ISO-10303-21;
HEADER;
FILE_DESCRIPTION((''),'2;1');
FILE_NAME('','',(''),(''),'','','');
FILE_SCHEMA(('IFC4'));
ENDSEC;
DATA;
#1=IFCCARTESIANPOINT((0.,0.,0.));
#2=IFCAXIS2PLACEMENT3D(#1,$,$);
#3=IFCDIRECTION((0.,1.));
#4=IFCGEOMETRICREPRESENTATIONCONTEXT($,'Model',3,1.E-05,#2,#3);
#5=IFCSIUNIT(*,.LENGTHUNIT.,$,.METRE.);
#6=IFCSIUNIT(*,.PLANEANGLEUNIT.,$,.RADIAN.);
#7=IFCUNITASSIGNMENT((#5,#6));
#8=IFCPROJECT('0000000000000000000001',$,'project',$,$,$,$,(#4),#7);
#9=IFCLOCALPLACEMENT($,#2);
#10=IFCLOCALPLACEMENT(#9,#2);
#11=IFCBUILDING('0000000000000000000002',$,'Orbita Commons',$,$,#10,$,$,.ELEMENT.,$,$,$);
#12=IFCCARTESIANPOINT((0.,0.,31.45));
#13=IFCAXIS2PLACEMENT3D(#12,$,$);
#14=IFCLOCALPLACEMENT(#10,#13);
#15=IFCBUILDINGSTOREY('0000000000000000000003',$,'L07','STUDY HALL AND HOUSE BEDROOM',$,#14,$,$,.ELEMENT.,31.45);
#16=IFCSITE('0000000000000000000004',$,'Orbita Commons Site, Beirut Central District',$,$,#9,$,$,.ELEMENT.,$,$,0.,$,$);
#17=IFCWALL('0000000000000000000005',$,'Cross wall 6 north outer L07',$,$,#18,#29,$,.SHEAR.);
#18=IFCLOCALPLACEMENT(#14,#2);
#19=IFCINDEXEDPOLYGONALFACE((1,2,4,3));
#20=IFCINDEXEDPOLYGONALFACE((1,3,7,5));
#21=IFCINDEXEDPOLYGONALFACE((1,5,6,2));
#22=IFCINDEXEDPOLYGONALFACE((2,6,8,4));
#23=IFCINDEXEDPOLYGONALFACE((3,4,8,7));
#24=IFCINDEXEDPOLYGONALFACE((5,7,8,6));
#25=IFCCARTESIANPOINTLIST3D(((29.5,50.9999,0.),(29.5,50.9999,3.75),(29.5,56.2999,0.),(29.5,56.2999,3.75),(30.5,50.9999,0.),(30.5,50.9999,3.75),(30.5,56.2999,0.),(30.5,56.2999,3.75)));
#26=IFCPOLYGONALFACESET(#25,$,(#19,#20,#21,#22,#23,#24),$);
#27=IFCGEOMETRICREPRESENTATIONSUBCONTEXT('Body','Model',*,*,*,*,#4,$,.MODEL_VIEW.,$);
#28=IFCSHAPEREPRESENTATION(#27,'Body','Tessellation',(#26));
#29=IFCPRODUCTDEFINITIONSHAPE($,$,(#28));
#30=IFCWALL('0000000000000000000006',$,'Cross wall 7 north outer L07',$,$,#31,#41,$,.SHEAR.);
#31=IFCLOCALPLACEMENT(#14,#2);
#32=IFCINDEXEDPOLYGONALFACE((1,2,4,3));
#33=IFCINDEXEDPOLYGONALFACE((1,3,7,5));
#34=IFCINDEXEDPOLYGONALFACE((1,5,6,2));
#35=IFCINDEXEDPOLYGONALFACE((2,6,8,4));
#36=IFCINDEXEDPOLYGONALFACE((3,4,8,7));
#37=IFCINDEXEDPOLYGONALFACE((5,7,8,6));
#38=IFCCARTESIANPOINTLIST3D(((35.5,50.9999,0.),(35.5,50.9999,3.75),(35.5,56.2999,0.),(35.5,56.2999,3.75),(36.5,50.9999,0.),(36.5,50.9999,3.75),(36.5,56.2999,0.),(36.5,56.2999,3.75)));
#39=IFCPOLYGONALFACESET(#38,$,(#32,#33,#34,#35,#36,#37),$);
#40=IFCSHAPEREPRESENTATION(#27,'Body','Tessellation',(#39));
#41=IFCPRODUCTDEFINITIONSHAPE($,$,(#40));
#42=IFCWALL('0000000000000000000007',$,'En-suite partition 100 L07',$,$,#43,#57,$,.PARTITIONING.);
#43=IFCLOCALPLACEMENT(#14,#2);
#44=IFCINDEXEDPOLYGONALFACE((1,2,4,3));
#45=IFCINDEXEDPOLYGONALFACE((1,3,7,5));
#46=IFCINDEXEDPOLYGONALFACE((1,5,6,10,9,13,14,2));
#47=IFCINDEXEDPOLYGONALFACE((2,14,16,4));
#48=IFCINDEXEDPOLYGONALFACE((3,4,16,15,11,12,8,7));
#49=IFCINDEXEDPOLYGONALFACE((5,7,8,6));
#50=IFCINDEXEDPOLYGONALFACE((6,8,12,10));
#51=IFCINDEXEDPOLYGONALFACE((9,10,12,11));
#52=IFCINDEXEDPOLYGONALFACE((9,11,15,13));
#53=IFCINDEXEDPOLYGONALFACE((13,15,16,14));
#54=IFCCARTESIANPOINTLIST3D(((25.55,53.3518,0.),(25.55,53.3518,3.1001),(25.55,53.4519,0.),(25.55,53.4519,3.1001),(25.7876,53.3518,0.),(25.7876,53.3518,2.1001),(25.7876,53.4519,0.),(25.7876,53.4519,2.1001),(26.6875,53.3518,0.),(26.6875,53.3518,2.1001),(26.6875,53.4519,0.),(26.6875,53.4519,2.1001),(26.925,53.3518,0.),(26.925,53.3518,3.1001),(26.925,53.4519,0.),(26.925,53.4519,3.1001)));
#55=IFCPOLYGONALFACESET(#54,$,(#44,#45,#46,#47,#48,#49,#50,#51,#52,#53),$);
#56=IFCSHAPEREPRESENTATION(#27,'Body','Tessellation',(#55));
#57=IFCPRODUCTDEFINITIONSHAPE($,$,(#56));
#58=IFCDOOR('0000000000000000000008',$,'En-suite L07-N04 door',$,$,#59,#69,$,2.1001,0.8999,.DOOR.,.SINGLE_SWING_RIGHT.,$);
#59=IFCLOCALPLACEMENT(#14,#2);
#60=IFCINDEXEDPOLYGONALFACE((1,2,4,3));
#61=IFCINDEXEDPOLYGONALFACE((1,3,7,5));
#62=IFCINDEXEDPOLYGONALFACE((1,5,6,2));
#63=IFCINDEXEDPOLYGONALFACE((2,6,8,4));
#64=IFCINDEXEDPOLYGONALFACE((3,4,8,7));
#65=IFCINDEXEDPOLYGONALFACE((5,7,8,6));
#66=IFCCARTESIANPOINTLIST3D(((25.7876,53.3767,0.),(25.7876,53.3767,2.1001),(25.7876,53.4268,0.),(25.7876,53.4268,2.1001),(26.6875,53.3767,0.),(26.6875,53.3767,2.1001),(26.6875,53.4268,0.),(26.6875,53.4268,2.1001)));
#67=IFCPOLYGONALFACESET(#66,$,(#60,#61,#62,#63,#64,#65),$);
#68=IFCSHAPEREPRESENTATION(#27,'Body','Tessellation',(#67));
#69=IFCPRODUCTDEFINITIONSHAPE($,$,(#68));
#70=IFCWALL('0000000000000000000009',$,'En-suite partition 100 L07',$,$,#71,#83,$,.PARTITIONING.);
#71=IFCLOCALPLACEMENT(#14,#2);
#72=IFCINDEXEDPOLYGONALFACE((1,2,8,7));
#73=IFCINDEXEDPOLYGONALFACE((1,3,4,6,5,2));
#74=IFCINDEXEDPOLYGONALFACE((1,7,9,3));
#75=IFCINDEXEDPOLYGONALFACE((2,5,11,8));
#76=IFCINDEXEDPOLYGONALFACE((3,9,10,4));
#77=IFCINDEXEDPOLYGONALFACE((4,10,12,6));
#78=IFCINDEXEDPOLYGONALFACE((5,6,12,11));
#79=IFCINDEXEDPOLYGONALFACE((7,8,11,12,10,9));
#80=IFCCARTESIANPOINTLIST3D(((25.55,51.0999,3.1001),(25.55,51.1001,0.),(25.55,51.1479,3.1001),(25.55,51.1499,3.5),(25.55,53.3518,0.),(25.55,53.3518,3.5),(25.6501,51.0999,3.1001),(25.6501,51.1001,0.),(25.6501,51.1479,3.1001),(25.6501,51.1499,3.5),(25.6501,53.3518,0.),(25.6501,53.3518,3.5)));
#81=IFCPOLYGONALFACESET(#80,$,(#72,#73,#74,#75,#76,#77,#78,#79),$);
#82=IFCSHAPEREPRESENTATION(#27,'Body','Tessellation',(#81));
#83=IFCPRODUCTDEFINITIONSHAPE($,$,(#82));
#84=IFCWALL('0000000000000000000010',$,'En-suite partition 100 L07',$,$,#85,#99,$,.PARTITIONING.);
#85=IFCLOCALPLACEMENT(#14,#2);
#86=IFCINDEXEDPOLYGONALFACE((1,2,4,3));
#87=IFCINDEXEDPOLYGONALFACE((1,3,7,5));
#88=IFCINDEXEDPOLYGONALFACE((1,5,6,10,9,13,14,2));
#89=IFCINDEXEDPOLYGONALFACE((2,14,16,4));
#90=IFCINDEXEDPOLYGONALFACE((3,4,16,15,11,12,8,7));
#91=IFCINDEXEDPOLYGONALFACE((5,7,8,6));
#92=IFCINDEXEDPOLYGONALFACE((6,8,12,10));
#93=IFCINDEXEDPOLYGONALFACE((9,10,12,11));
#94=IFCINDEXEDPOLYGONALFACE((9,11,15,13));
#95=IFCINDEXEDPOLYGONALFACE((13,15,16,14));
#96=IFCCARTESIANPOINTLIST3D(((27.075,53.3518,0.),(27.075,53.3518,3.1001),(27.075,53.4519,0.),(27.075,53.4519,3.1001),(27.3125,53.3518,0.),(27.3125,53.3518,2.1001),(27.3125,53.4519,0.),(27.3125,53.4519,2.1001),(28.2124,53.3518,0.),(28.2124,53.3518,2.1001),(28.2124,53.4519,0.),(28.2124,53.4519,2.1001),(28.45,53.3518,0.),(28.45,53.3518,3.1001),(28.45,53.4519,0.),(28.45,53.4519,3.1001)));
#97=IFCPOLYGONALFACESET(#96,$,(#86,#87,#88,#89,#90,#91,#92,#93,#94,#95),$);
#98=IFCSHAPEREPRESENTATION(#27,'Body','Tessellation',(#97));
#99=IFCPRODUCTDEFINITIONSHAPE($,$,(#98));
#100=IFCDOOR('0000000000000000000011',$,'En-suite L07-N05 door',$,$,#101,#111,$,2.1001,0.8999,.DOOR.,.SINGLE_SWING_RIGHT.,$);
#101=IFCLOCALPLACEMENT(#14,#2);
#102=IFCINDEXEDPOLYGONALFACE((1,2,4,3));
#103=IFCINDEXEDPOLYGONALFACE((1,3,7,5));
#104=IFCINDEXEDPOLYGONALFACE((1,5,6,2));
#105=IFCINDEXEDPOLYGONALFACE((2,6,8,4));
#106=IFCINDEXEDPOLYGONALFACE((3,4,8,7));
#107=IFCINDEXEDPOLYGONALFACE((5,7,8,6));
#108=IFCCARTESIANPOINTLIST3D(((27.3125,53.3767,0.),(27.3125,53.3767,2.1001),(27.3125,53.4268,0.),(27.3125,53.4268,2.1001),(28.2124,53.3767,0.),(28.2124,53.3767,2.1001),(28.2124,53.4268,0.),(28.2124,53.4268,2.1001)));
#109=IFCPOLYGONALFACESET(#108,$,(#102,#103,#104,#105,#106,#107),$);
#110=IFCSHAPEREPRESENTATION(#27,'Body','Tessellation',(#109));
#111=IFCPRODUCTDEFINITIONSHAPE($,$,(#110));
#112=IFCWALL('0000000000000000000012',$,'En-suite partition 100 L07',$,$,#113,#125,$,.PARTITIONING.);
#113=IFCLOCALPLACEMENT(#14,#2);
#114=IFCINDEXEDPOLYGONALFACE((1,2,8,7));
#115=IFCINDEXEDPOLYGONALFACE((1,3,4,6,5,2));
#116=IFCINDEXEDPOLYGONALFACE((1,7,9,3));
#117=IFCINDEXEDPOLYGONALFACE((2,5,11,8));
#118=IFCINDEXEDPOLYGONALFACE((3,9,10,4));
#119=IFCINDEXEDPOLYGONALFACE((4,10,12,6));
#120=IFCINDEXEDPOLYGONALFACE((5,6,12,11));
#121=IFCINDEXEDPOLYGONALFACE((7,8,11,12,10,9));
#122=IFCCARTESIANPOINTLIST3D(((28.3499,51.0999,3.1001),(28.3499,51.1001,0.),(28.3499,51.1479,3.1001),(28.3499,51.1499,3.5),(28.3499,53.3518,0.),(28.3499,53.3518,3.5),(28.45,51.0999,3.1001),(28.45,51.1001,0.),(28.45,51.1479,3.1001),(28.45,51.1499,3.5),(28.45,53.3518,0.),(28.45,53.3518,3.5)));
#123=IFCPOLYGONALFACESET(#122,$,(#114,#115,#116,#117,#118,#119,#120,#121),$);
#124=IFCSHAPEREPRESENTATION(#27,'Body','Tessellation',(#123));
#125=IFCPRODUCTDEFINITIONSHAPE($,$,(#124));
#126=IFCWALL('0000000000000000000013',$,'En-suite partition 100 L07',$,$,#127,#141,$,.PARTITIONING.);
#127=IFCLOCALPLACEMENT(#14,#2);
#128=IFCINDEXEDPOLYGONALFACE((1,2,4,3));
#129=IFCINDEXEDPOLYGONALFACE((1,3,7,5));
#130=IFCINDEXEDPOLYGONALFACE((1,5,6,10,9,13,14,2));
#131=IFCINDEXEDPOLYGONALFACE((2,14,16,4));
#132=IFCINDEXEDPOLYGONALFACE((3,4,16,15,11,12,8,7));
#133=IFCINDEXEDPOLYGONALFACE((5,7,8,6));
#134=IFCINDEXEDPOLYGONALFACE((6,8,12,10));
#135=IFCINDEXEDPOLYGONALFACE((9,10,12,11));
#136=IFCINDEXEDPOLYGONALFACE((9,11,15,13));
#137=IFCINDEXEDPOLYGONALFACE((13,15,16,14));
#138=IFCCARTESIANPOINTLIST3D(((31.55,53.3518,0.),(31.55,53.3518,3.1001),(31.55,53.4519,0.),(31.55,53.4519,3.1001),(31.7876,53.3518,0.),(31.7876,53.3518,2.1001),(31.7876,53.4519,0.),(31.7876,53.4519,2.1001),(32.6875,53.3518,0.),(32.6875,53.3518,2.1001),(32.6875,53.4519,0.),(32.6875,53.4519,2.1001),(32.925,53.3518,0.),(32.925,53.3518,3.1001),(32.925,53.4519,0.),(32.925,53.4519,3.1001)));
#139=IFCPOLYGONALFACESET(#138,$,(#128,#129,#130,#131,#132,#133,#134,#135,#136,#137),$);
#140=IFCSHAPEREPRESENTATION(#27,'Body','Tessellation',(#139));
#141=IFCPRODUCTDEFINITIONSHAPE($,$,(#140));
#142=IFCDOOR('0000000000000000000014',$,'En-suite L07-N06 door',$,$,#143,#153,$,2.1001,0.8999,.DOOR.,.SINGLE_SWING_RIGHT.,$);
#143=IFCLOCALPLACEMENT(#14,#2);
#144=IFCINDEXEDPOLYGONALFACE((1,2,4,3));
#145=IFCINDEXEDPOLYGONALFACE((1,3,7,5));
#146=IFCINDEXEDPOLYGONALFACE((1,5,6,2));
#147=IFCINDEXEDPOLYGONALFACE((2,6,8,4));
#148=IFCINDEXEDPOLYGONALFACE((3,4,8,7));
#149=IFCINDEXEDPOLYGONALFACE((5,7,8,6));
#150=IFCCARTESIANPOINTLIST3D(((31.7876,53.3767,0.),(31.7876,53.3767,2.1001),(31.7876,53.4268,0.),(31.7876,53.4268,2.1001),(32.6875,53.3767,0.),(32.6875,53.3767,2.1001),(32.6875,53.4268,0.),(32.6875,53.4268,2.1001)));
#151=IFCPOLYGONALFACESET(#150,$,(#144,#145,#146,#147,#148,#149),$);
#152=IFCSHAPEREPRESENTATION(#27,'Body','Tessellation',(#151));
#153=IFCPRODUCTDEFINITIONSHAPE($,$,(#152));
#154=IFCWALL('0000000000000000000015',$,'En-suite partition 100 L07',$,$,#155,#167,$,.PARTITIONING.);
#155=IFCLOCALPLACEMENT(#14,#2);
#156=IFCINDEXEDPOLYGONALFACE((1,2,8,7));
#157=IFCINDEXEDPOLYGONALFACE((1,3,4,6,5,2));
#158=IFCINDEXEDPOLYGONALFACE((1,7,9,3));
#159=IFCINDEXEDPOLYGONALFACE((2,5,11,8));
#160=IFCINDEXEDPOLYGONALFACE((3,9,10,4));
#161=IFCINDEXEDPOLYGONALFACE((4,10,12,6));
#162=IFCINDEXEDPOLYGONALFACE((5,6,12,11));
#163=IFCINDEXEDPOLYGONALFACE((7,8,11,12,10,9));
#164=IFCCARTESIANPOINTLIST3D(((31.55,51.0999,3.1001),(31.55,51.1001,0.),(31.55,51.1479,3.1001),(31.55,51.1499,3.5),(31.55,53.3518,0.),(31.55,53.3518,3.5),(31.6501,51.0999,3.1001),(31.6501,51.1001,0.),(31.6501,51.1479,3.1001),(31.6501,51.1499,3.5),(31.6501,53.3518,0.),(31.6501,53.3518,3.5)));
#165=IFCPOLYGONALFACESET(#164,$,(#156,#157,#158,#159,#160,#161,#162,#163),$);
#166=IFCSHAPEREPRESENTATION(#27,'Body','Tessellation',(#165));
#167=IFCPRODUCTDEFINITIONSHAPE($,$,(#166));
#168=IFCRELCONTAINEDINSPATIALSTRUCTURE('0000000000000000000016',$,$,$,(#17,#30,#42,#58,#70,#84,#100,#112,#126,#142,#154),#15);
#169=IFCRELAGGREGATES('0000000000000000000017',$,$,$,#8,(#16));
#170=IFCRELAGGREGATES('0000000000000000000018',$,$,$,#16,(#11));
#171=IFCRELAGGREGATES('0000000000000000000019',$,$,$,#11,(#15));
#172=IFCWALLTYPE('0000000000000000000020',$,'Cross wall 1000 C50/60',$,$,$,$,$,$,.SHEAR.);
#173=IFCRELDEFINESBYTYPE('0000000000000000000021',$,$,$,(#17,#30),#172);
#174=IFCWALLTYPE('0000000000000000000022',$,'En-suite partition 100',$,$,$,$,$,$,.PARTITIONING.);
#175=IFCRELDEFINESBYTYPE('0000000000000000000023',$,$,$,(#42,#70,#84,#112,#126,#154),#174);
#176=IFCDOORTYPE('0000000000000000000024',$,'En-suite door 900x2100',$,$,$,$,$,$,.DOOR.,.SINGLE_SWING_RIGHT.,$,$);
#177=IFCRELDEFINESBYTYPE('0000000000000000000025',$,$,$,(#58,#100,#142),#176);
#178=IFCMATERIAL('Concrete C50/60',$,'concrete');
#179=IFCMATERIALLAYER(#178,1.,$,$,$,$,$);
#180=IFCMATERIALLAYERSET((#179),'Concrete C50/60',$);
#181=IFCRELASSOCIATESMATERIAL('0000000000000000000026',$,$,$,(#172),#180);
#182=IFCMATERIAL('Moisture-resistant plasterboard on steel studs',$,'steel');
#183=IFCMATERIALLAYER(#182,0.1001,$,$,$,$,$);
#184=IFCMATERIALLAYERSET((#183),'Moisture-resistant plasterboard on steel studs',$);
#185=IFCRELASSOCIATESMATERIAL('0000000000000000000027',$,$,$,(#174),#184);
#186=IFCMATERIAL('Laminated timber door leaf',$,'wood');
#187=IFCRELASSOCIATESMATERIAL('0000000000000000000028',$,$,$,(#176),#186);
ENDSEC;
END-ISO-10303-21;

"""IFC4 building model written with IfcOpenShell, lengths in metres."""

from ifc_helpers import new_model, si_unit, direction, frame, frame_2d, origin, place, context, subcontext, project, spatial, polyline, rectangle, outline, extrude, material, layer, layer_set, type_object, element, fill, save


model = new_model("IFC4")

# Units and contexts
model_context = context("Model", 3, precision=1e-05, world=origin(), true_north=direction((0.0, 1.0)))
body_context = subcontext(model_context, "Body", "Model", "MODEL_VIEW")
ifc_project = project(units=[si_unit("LENGTHUNIT", "METRE"), si_unit("PLANEANGLEUNIT", "RADIAN")], contexts=[model_context])

# Site, building, storey
site_placement = place(None, origin())
site = spatial("IfcSite", under=ifc_project, at=site_placement, Name="Orbita Commons Site, Beirut Central District", CompositionType="ELEMENT", RefElevation=0.0)
building_placement = place(site_placement, origin())
building = spatial("IfcBuilding", under=site, at=building_placement, Name="Orbita Commons", CompositionType="ELEMENT")
storey_placement = place(building_placement, frame((0.0, 0.0, 31.45)))
storey = spatial("IfcBuildingStorey", under=building, at=storey_placement, Name="L07", Description="STUDY HALL AND HOUSE BEDROOM", CompositionType="ELEMENT", Elevation=31.45)

# Walls
ifc_material_1 = material(Name="Concrete C50/60", Category="concrete")
ifc_layer_1 = layer(ifc_material_1, 1.0)
ifc_layer_set_1 = layer_set([ifc_layer_1], Name="Concrete C50/60")
wall_type_1 = type_object("IfcWallType", Name="Cross wall 1000 C50/60", PredefinedType="SHEAR", material=ifc_layer_set_1)
for number, where, z_axis, x_axis, name in (
    (1, (30.0, 51.0, 0.0), (0.0, 0.0, 1.0), (0.0, 1.0, 0.0), "Cross wall 6 north outer L07"),
    (2, (36.0, 51.0, 0.0), (0.0, 0.0, 1.0), (0.0, 1.0, 0.0), "Cross wall 7 north outer L07"),
):
    element("IfcWall", number, at=place(storey_placement, frame(where, z_axis=z_axis, x_axis=x_axis)), inside=storey, type_object=wall_type_1, Name=name, PredefinedType="SHEAR", context=body_context, shape_type="SweptSolid", body=[
        extrude(rectangle(XDim=5.3, YDim=1.0, at=frame_2d((2.6499, 0.0))), origin(), (0.0, 0.0, 1.0), 3.75),
    ])

# Wall, opening, door
ifc_material_2 = material(Name="Moisture-resistant plasterboard on steel studs", Category="steel")
ifc_layer_2 = layer(ifc_material_2, 0.1001)
ifc_layer_set_2 = layer_set([ifc_layer_2], Name="Moisture-resistant plasterboard on steel studs")
wall_type_2 = type_object("IfcWallType", Name="En-suite partition 100", PredefinedType="PARTITIONING", material=ifc_layer_set_2)
wall_1_placement = place(storey_placement, frame((25.55, 53.4019, 0.0), z_axis=(0.0, 0.0, 1.0), x_axis=(1.0, 0.0, 0.0)))
wall_1 = element("IfcWall", 3, at=wall_1_placement, inside=storey, type_object=wall_type_2, Name="En-suite partition 100 L07", PredefinedType="PARTITIONING", context=body_context, shape_type="SweptSolid", body=[
    extrude(outline(polyline([(0.0, 0.0), (1.375, 0.0), (1.375, 3.1001), (0.0, 3.1001), (0.0, 0.0)])), frame((0.0, 0.05, 0.0), z_axis=(0.0, -1.0, 0.0), x_axis=(1.0, 0.0, 0.0)), (0.0, 0.0, 1.0), 0.1001),
])
opening_1_placement = place(wall_1_placement, frame((0.2375, 0.0, 0.0)))
opening_1 = element("IfcOpeningElement", 4, at=opening_1_placement, cuts=wall_1, PredefinedType="OPENING", context=body_context, shape_type="SweptSolid", body=[
    extrude(rectangle(XDim=0.8999, YDim=2.1001, at=frame_2d((0.45, 1.05))), frame((0.0, 0.0601, 0.0), z_axis=(0.0, -1.0, 0.0), x_axis=(1.0, 0.0, 0.0)), (0.0, 0.0, 1.0), 0.1201),
])
ifc_material_3 = material(Name="Laminated timber door leaf", Category="wood")
door_type_1 = type_object("IfcDoorType", Name="En-suite door 900x2100", OperationType="SINGLE_SWING_RIGHT", PredefinedType="DOOR", material=ifc_material_3)
door_1_placement = place(opening_1_placement, origin())
door_1 = element("IfcDoor", 5, at=door_1_placement, inside=storey, type_object=door_type_1, Name="En-suite L07-N04 door", OperationType="SINGLE_SWING_RIGHT", OverallHeight=2.1001, OverallWidth=0.8999, PredefinedType="DOOR", context=body_context, shape_type="SweptSolid", body=[
    extrude(rectangle(XDim=0.8999, YDim=2.1001, at=frame_2d((0.45, 1.05))), frame((0.0, 0.0249, 0.0), z_axis=(0.0, -1.0, 0.0), x_axis=(1.0, 0.0, 0.0)), (0.0, 0.0, 1.0), 0.05),
])
fill(opening_1, door_1)

# Wall
wall_2_placement = place(storey_placement, frame((25.6001, 53.3518, 0.0), z_axis=(0.0, 0.0, 1.0), x_axis=(0.0, -1.0, 0.0)))
element("IfcWall", 6, at=wall_2_placement, inside=storey, type_object=wall_type_2, Name="En-suite partition 100 L07", PredefinedType="PARTITIONING", context=body_context, shape_type="SweptSolid", body=[
    extrude(outline(polyline([(0.0, 0.0), (2.2517, 0.0), (2.252, 3.1001), (2.2039, 3.1001), (2.2019, 3.5), (0.0, 3.5), (0.0, 0.0)])), frame((0.0, 0.05, 0.0), z_axis=(0.0, -1.0, 0.0), x_axis=(1.0, 0.0, 0.0)), (0.0, 0.0, 1.0), 0.1001),
])

# Wall, opening, door
wall_3_placement = place(storey_placement, frame((27.075, 53.4019, 0.0), z_axis=(0.0, 0.0, 1.0), x_axis=(1.0, 0.0, 0.0)))
wall_3 = element("IfcWall", 7, at=wall_3_placement, inside=storey, type_object=wall_type_2, Name="En-suite partition 100 L07", PredefinedType="PARTITIONING", context=body_context, shape_type="SweptSolid", body=[
    extrude(outline(polyline([(0.0, 0.0), (1.375, 0.0), (1.375, 3.1001), (0.0, 3.1001), (0.0, 0.0)])), frame((0.0, 0.05, 0.0), z_axis=(0.0, -1.0, 0.0), x_axis=(1.0, 0.0, 0.0)), (0.0, 0.0, 1.0), 0.1001),
])
opening_2_placement = place(wall_3_placement, frame((0.2375, 0.0, 0.0)))
opening_2 = element("IfcOpeningElement", 8, at=opening_2_placement, cuts=wall_3, PredefinedType="OPENING", context=body_context, shape_type="SweptSolid", body=[
    extrude(rectangle(XDim=0.8999, YDim=2.1001, at=frame_2d((0.45, 1.05))), frame((0.0, 0.0601, 0.0), z_axis=(0.0, -1.0, 0.0), x_axis=(1.0, 0.0, 0.0)), (0.0, 0.0, 1.0), 0.1201),
])
door_2_placement = place(opening_2_placement, origin())
door_2 = element("IfcDoor", 9, at=door_2_placement, inside=storey, type_object=door_type_1, Name="En-suite L07-N05 door", OperationType="SINGLE_SWING_RIGHT", OverallHeight=2.1001, OverallWidth=0.8999, PredefinedType="DOOR", context=body_context, shape_type="SweptSolid", body=[
    extrude(rectangle(XDim=0.8999, YDim=2.1001, at=frame_2d((0.45, 1.05))), frame((0.0, 0.0249, 0.0), z_axis=(0.0, -1.0, 0.0), x_axis=(1.0, 0.0, 0.0)), (0.0, 0.0, 1.0), 0.05),
])
fill(opening_2, door_2)

# Wall
wall_4_placement = place(storey_placement, frame((28.3999, 53.3518, 0.0), z_axis=(0.0, 0.0, 1.0), x_axis=(0.0, -1.0, 0.0)))
element("IfcWall", 10, at=wall_4_placement, inside=storey, type_object=wall_type_2, Name="En-suite partition 100 L07", PredefinedType="PARTITIONING", context=body_context, shape_type="SweptSolid", body=[
    extrude(outline(polyline([(0.0, 0.0), (2.2517, 0.0), (2.252, 3.1001), (2.2039, 3.1001), (2.2019, 3.5), (0.0, 3.5), (0.0, 0.0)])), frame((0.0, 0.05, 0.0), z_axis=(0.0, -1.0, 0.0), x_axis=(1.0, 0.0, 0.0)), (0.0, 0.0, 1.0), 0.1001),
])

# Wall, opening, door
wall_5_placement = place(storey_placement, frame((31.55, 53.4019, 0.0), z_axis=(0.0, 0.0, 1.0), x_axis=(1.0, 0.0, 0.0)))
wall_5 = element("IfcWall", 11, at=wall_5_placement, inside=storey, type_object=wall_type_2, Name="En-suite partition 100 L07", PredefinedType="PARTITIONING", context=body_context, shape_type="SweptSolid", body=[
    extrude(outline(polyline([(0.0, 0.0), (1.375, 0.0), (1.375, 3.1001), (0.0, 3.1001), (0.0, 0.0)])), frame((0.0, 0.05, 0.0), z_axis=(0.0, -1.0, 0.0), x_axis=(1.0, 0.0, 0.0)), (0.0, 0.0, 1.0), 0.1001),
])
opening_3_placement = place(wall_5_placement, frame((0.2375, 0.0, 0.0)))
opening_3 = element("IfcOpeningElement", 12, at=opening_3_placement, cuts=wall_5, PredefinedType="OPENING", context=body_context, shape_type="SweptSolid", body=[
    extrude(rectangle(XDim=0.8999, YDim=2.1001, at=frame_2d((0.45, 1.05))), frame((0.0, 0.0601, 0.0), z_axis=(0.0, -1.0, 0.0), x_axis=(1.0, 0.0, 0.0)), (0.0, 0.0, 1.0), 0.1201),
])
door_3_placement = place(opening_3_placement, origin())
door_3 = element("IfcDoor", 13, at=door_3_placement, inside=storey, type_object=door_type_1, Name="En-suite L07-N06 door", OperationType="SINGLE_SWING_RIGHT", OverallHeight=2.1001, OverallWidth=0.8999, PredefinedType="DOOR", context=body_context, shape_type="SweptSolid", body=[
    extrude(rectangle(XDim=0.8999, YDim=2.1001, at=frame_2d((0.45, 1.05))), frame((0.0, 0.0249, 0.0), z_axis=(0.0, -1.0, 0.0), x_axis=(1.0, 0.0, 0.0)), (0.0, 0.0, 1.0), 0.05),
])
fill(opening_3, door_3)

# Wall
wall_6_placement = place(storey_placement, frame((31.6001, 53.3518, 0.0), z_axis=(0.0, 0.0, 1.0), x_axis=(0.0, -1.0, 0.0)))
element("IfcWall", 14, at=wall_6_placement, inside=storey, type_object=wall_type_2, Name="En-suite partition 100 L07", PredefinedType="PARTITIONING", context=body_context, shape_type="SweptSolid", body=[
    extrude(outline(polyline([(0.0, 0.0), (2.2517, 0.0), (2.252, 3.1001), (2.2039, 3.1001), (2.2019, 3.5), (0.0, 3.5), (0.0, 0.0)])), frame((0.0, 0.05, 0.0), z_axis=(0.0, -1.0, 0.0), x_axis=(1.0, 0.0, 0.0)), (0.0, 0.0, 1.0), 0.1001),
])

save(model, "model.ifc")
